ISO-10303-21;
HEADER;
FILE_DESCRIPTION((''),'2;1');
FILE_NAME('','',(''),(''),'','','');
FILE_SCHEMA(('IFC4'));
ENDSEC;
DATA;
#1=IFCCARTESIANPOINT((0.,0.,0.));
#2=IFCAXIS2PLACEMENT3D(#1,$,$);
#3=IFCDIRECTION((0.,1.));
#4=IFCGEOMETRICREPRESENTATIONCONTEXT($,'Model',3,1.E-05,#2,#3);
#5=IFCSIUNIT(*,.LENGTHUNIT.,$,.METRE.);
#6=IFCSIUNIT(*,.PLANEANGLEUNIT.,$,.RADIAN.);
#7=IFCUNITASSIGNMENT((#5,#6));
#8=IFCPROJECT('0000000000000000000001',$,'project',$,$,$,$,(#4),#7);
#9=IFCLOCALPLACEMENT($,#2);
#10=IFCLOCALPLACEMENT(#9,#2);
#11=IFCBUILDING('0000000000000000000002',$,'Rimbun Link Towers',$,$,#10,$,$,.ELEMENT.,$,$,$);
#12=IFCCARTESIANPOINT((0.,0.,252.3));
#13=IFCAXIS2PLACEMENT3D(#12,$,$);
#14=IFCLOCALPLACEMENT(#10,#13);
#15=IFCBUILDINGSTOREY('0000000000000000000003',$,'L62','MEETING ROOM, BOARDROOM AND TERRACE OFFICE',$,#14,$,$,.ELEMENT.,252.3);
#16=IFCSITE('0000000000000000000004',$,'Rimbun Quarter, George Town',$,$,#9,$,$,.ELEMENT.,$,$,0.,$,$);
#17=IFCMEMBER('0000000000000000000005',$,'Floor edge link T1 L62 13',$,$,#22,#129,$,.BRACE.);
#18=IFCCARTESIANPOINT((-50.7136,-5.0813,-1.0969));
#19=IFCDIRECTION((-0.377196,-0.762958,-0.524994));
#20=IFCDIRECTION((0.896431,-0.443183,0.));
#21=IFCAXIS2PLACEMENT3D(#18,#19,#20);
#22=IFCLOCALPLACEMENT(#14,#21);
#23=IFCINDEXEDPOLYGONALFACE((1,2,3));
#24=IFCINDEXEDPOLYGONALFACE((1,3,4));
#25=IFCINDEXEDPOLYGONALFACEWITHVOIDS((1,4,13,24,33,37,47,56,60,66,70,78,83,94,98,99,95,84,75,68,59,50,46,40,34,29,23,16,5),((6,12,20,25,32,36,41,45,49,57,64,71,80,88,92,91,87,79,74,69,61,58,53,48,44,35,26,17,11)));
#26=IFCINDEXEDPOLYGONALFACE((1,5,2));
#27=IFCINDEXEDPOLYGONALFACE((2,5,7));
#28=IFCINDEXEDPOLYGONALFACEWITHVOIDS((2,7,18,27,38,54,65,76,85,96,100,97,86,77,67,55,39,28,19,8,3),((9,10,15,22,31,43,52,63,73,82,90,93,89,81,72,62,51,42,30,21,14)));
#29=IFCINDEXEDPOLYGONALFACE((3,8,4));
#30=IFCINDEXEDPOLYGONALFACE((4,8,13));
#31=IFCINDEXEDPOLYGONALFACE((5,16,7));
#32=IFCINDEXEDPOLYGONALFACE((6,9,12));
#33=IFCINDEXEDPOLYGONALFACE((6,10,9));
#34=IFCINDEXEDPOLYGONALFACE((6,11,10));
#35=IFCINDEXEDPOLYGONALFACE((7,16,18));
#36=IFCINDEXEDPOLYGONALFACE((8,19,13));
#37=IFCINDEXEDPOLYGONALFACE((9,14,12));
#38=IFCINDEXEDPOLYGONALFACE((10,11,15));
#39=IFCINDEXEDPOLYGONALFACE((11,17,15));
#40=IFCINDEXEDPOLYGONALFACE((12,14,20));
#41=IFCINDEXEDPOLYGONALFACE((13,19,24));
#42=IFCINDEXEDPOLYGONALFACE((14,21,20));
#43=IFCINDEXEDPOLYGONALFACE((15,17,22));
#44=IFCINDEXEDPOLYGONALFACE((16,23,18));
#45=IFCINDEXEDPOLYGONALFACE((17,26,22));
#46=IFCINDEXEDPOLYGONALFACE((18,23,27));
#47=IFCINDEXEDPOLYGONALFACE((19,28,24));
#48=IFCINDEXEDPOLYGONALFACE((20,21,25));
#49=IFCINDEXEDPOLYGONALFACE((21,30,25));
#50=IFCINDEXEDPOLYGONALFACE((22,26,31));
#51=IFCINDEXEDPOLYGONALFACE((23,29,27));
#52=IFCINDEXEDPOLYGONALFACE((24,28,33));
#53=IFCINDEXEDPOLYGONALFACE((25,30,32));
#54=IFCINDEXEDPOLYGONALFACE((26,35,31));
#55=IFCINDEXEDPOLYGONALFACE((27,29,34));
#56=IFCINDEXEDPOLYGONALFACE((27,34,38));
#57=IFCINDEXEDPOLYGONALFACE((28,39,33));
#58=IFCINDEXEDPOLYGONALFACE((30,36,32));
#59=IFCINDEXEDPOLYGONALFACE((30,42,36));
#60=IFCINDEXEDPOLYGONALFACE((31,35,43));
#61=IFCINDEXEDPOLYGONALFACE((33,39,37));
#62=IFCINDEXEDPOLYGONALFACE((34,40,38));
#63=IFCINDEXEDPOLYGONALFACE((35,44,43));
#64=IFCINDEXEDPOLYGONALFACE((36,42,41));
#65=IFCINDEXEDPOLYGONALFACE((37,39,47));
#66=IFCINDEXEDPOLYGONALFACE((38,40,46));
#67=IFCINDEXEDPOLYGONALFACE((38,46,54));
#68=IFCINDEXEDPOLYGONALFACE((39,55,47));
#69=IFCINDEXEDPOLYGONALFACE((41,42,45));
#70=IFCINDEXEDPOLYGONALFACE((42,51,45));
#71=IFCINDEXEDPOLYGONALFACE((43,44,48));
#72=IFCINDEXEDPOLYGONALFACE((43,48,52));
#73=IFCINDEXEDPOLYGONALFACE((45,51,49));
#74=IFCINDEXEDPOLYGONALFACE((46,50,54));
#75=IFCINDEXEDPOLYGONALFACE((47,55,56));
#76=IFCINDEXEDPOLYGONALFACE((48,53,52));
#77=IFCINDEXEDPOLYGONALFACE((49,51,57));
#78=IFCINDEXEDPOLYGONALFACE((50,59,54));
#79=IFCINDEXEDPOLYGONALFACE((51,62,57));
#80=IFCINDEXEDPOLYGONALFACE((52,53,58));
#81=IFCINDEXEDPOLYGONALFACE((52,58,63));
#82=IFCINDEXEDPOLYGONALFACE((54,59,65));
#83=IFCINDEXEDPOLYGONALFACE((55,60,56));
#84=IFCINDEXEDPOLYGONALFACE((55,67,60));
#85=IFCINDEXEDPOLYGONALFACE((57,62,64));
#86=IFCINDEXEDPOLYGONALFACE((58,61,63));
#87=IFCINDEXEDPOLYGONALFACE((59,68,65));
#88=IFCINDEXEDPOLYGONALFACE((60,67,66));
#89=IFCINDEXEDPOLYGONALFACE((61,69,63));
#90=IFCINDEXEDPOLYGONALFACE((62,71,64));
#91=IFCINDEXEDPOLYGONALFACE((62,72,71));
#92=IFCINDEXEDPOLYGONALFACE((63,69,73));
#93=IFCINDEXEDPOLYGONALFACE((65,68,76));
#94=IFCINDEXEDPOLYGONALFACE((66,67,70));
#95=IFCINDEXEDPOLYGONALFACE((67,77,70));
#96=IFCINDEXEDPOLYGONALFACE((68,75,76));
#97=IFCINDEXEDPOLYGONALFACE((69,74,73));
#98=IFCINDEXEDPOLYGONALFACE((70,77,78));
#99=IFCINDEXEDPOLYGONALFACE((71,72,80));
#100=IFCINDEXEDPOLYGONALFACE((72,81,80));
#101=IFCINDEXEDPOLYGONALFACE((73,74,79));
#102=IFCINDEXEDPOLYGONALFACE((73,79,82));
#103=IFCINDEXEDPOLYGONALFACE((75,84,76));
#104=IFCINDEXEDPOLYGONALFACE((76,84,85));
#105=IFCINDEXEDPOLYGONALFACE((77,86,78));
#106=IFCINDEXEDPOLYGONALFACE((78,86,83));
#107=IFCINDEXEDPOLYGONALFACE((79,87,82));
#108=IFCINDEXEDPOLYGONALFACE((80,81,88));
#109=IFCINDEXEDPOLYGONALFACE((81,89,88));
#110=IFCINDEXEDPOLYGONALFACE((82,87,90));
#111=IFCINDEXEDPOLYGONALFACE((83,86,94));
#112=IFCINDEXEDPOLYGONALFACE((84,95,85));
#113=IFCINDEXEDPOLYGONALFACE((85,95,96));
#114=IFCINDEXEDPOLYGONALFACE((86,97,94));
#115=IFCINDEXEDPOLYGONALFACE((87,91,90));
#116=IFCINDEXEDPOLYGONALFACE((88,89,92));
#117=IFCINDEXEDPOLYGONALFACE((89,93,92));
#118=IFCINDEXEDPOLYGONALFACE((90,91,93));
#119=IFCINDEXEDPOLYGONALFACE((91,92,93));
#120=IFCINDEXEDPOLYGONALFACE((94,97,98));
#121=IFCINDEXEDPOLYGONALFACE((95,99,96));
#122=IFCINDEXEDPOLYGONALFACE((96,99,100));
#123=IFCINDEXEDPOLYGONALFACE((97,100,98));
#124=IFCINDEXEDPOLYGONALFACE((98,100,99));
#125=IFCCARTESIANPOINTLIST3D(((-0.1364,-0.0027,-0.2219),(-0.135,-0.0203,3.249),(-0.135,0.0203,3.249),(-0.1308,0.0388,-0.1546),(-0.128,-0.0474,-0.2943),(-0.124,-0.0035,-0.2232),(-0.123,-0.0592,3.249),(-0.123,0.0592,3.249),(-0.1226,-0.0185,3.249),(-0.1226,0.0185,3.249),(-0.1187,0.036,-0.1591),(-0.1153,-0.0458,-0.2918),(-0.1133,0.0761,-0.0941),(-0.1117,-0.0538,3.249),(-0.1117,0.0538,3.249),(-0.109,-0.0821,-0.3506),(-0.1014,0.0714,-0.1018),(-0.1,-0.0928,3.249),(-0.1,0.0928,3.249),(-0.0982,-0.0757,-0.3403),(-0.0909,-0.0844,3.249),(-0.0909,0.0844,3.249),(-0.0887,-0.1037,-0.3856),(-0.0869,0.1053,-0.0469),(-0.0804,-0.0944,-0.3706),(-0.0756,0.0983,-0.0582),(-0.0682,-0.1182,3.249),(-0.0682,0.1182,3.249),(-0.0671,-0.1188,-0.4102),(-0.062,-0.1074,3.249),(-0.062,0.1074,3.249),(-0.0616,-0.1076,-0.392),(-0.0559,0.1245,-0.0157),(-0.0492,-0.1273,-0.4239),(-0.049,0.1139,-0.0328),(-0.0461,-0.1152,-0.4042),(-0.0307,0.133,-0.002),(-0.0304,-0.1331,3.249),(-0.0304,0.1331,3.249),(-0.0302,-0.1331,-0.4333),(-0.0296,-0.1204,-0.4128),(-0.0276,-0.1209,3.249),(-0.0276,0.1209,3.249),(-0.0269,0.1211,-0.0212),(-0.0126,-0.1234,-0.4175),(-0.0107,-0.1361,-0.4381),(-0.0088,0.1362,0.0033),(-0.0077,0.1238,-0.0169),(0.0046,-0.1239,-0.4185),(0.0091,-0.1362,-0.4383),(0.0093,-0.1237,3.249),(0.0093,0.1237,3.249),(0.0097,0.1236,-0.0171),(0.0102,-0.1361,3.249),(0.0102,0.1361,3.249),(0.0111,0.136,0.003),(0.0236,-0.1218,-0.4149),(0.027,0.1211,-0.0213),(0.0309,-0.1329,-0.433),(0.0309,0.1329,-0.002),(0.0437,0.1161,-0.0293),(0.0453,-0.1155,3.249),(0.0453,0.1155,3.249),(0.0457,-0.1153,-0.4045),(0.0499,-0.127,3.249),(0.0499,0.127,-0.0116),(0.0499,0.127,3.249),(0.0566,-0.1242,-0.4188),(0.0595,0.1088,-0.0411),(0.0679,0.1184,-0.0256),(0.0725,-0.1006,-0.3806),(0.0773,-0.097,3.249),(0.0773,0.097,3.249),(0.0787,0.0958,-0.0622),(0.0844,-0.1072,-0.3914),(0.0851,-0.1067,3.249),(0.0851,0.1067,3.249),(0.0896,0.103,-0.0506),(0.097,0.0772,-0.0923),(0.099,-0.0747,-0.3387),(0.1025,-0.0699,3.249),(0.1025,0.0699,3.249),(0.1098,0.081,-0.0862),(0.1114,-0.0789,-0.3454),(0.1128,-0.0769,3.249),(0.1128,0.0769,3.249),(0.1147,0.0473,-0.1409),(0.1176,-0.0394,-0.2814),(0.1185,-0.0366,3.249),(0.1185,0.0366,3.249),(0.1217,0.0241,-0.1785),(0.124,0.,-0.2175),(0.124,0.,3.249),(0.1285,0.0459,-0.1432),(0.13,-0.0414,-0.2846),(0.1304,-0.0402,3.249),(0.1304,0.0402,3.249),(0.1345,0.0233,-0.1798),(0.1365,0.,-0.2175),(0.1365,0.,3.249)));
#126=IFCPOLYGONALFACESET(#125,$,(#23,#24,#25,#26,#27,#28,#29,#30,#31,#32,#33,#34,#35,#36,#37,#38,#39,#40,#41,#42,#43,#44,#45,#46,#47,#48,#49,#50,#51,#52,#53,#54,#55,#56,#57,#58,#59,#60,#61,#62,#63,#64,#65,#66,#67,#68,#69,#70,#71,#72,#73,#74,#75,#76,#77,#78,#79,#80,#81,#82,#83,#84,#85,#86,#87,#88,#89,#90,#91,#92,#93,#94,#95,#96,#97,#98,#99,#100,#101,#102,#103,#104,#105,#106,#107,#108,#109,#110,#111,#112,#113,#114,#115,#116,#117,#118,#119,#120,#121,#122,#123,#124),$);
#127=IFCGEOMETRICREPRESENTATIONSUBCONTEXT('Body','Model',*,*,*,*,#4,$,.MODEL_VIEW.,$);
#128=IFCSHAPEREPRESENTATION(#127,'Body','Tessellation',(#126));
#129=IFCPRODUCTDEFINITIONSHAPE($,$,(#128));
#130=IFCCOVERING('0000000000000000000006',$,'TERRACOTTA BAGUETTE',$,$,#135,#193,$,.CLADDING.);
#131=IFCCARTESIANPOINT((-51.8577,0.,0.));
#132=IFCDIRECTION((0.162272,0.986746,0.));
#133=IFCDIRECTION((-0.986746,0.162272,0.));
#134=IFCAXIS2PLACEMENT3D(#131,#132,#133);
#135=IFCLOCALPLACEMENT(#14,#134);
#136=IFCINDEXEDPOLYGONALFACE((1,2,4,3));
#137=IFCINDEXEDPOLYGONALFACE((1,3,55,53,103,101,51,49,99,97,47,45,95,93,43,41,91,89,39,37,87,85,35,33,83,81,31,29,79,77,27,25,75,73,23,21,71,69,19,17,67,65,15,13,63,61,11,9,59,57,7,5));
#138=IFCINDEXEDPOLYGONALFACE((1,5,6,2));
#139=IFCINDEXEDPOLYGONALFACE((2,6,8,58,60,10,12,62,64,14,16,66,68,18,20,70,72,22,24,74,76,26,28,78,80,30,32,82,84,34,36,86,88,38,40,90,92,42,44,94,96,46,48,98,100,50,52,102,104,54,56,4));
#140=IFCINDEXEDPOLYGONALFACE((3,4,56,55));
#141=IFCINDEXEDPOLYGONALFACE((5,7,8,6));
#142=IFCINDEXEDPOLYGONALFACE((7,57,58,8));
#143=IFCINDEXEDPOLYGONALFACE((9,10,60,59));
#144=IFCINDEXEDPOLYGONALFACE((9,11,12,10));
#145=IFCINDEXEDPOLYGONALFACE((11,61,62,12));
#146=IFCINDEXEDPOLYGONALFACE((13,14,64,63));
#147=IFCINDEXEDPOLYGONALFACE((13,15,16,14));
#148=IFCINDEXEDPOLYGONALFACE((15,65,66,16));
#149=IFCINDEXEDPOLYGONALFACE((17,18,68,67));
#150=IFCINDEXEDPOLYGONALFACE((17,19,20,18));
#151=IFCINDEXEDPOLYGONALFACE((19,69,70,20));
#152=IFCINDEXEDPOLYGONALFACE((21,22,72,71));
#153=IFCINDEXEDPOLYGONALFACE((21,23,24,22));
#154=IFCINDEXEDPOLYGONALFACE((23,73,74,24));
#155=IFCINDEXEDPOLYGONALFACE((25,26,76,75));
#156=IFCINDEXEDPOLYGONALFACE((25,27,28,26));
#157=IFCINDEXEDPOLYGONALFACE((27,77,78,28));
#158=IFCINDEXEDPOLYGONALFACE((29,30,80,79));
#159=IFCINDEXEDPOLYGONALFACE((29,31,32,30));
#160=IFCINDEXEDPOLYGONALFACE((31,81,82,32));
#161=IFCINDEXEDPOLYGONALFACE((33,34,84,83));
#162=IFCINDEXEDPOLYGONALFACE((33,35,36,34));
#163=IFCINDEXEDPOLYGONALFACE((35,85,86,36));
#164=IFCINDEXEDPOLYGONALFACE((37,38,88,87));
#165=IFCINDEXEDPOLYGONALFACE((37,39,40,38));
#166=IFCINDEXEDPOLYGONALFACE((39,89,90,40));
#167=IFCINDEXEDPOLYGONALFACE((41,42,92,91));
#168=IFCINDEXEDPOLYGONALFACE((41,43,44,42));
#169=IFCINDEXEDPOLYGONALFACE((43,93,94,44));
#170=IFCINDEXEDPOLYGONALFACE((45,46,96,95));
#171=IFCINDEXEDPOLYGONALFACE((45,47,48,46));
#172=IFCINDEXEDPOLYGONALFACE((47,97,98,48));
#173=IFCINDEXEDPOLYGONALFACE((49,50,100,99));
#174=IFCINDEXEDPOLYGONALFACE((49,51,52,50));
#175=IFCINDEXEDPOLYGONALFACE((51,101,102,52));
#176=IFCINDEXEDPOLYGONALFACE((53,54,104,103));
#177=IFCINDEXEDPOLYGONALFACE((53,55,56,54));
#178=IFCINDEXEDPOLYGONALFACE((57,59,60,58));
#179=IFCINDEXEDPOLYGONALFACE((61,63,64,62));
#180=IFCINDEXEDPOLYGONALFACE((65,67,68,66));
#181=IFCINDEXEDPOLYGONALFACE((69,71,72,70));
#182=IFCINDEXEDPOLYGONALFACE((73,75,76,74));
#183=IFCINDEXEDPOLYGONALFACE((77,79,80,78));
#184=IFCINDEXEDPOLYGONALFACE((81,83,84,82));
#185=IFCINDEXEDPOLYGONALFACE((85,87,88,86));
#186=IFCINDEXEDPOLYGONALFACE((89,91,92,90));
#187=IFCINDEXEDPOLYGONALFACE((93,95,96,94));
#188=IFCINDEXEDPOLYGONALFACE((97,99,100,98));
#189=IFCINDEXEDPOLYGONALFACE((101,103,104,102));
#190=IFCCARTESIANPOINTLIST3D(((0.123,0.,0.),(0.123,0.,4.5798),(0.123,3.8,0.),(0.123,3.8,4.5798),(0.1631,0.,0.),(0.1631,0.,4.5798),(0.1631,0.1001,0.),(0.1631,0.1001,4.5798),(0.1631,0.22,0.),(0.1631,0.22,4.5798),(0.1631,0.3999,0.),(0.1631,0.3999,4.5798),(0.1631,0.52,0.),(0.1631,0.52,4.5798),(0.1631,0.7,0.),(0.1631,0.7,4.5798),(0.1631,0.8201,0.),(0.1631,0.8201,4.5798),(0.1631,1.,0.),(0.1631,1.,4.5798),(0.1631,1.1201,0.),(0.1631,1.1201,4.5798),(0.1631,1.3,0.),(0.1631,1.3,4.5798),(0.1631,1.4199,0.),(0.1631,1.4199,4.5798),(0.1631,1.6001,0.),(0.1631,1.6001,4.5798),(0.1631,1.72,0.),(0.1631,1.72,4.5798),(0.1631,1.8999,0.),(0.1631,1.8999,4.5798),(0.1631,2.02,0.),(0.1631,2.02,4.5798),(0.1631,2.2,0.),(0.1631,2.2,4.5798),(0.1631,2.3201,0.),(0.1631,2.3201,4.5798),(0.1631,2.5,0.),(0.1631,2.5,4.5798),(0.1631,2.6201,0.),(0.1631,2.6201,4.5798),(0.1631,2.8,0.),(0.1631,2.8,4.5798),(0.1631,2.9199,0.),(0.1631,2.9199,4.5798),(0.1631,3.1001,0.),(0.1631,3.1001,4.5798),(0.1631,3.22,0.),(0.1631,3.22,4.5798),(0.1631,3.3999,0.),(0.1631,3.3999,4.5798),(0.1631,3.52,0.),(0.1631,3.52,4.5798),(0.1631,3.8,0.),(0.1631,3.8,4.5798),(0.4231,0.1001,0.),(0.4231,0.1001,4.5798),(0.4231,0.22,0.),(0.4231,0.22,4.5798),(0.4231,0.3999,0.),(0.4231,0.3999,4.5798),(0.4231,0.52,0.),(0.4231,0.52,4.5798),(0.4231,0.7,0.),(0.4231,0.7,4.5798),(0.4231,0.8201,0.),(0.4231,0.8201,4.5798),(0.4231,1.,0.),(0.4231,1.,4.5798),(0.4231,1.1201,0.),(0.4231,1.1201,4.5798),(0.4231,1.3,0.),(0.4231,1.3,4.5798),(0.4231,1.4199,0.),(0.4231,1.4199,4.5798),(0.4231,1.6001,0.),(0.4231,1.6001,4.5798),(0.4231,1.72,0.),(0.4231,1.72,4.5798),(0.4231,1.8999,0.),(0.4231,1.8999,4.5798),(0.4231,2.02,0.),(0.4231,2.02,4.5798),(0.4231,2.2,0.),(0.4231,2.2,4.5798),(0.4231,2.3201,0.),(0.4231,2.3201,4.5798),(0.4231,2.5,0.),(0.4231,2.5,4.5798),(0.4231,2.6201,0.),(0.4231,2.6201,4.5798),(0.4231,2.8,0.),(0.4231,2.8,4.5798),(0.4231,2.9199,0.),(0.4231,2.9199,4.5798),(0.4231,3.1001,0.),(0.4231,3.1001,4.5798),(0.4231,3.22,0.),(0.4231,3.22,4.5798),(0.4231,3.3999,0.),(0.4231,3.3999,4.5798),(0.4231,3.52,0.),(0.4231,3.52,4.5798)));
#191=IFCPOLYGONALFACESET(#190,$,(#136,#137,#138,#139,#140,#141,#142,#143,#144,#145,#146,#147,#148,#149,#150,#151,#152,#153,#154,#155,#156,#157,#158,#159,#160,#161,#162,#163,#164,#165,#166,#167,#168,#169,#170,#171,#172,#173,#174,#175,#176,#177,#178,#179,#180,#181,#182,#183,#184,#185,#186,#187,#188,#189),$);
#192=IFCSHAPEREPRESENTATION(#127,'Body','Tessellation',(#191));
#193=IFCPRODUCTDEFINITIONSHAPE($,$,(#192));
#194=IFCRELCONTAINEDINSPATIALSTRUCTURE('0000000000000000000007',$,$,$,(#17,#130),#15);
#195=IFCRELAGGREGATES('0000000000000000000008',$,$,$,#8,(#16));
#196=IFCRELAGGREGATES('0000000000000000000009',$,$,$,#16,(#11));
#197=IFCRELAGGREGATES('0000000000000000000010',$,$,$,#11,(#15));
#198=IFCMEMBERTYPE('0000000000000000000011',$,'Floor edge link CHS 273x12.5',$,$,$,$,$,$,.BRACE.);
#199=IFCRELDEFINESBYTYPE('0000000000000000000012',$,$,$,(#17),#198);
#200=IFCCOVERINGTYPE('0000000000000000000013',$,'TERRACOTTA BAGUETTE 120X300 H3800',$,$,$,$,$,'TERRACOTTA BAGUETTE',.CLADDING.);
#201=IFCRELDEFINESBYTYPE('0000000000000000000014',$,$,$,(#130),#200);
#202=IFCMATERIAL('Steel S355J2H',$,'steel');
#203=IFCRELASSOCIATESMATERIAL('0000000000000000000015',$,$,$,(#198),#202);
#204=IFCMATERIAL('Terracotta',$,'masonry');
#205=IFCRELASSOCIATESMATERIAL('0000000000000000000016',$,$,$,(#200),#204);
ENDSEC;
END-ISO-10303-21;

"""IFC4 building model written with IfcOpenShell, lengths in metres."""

from ifc_helpers import new_model, si_unit, direction, frame, origin, origin_2d, place, context, subcontext, project, spatial, polyline, hollow_circle, outline, extrude, clip, halfspace, material, material_profile, profile_set, type_object, element, save


model = new_model("IFC4")

# Units and contexts
model_context = context("Model", 3, precision=1e-05, world=origin(), true_north=direction((0.0, 1.0)))
body_context = subcontext(model_context, "Body", "Model", "MODEL_VIEW")
ifc_project = project(units=[si_unit("LENGTHUNIT", "METRE"), si_unit("PLANEANGLEUNIT", "RADIAN")], contexts=[model_context])

# Site, building, storey
site_placement = place(None, origin())
site = spatial("IfcSite", under=ifc_project, at=site_placement, Name="Rimbun Quarter, George Town", CompositionType="ELEMENT", RefElevation=0.0)
building_placement = place(site_placement, origin())
building = spatial("IfcBuilding", under=site, at=building_placement, Name="Rimbun Link Towers", CompositionType="ELEMENT")
storey_placement = place(building_placement, frame((0.0, 0.0, 252.3)))
storey = spatial("IfcBuildingStorey", under=building, at=storey_placement, Name="L62", Description="MEETING ROOM, BOARDROOM AND TERRACE OFFICE", CompositionType="ELEMENT", Elevation=252.3)

# Member
ifc_material_1 = material(Name="Steel S355J2H", Category="steel")
ifc_material_profile_1 = material_profile(ifc_material_1, hollow_circle(Radius=0.1365, WallThickness=0.0125, at=origin_2d()), Name="CHS 273x12.5")
ifc_profile_set_1 = profile_set([ifc_material_profile_1], Name="Steel S355J2H")
member_type_1 = type_object("IfcMemberType", Name="Floor edge link CHS 273x12.5", PredefinedType="BRACE", material=ifc_profile_set_1)
member_1_placement = place(storey_placement, frame((-50.7136, -5.0813, -1.0969), z_axis=(-0.377196, -0.762958, -0.524994), x_axis=(0.896431, -0.443183, 0.0)))
element("IfcMember", 1, at=member_1_placement, inside=storey, type_object=member_type_1, Name="Floor edge link T1 L62 13", PredefinedType="BRACE", context=body_context, shape_type="Clipping", body=[
    clip(extrude(hollow_circle(Radius=0.1365, WallThickness=0.0125, at=origin_2d()), frame((0.0, 0.0, -0.4617)), (0.0, 0.0, 1.0), 3.7107), halfspace(frame((0.0, 0.0, -0.2175), z_axis=(0.0, 0.851106, -0.524994)), False)),
])

# Covering
ifc_material_2 = material(Name="Terracotta", Category="masonry")
ifc_material_profile_2 = material_profile(ifc_material_2, outline(polyline([(0.123, 0.0), (0.1631, 0.0), (0.1631, 0.1001), (0.4231, 0.1001), (0.4231, 0.22), (0.1631, 0.22), (0.1631, 0.3999), (0.4231, 0.3999), (0.4231, 0.52), (0.1631, 0.52), (0.1631, 0.7), (0.4231, 0.7), (0.4231, 0.8201), (0.1631, 0.8201), (0.1631, 1.0), (0.4231, 1.0), (0.4231, 1.1201), (0.1631, 1.1201), (0.1631, 1.3), (0.4231, 1.3), (0.4231, 1.4199), (0.1631, 1.4199), (0.1631, 1.6001), (0.4231, 1.6001), (0.4231, 1.72), (0.1631, 1.72), (0.1631, 1.8999), (0.4231, 1.8999), (0.4231, 2.02), (0.1631, 2.02), (0.1631, 2.2), (0.4231, 2.2), (0.4231, 2.3201), (0.1631, 2.3201), (0.1631, 2.5), (0.4231, 2.5), (0.4231, 2.6201), (0.1631, 2.6201), (0.1631, 2.8), (0.4231, 2.8), (0.4231, 2.9199), (0.1631, 2.9199), (0.1631, 3.1001), (0.4231, 3.1001), (0.4231, 3.22), (0.1631, 3.22), (0.1631, 3.3999), (0.4231, 3.3999), (0.4231, 3.52), (0.1631, 3.52), (0.1631, 3.8), (0.123, 3.8), (0.123, 0.0)])), Name="BAGUETTE 120X300")
ifc_profile_set_2 = profile_set([ifc_material_profile_2], Name="Terracotta")
covering_type = type_object("IfcCoveringType", Name="TERRACOTTA BAGUETTE 120X300 H3800", ElementType="TERRACOTTA BAGUETTE", PredefinedType="CLADDING", material=ifc_profile_set_2)
for number, where, z_axis, x_axis, name in (
    (2, (-51.8577, 0.0, 0.0), (0.162272, 0.986746, 0.0), (-0.986746, 0.162272, 0.0), "TERRACOTTA BAGUETTE"),
):
    element("IfcCovering", number, at=place(storey_placement, frame(where, z_axis=z_axis, x_axis=x_axis)), inside=storey, type_object=covering_type, Name=name, PredefinedType="CLADDING", context=body_context, shape_type="SweptSolid", body=[
        extrude(outline(polyline([(0.123, 0.0), (0.1631, 0.0), (0.1631, 0.1001), (0.4231, 0.1001), (0.4231, 0.22), (0.1631, 0.22), (0.1631, 0.3999), (0.4231, 0.3999), (0.4231, 0.52), (0.1631, 0.52), (0.1631, 0.7), (0.4231, 0.7), (0.4231, 0.8201), (0.1631, 0.8201), (0.1631, 1.0), (0.4231, 1.0), (0.4231, 1.1201), (0.1631, 1.1201), (0.1631, 1.3), (0.4231, 1.3), (0.4231, 1.4199), (0.1631, 1.4199), (0.1631, 1.6001), (0.4231, 1.6001), (0.4231, 1.72), (0.1631, 1.72), (0.1631, 1.8999), (0.4231, 1.8999), (0.4231, 2.02), (0.1631, 2.02), (0.1631, 2.2), (0.4231, 2.2), (0.4231, 2.3201), (0.1631, 2.3201), (0.1631, 2.5), (0.4231, 2.5), (0.4231, 2.6201), (0.1631, 2.6201), (0.1631, 2.8), (0.4231, 2.8), (0.4231, 2.9199), (0.1631, 2.9199), (0.1631, 3.1001), (0.4231, 3.1001), (0.4231, 3.22), (0.1631, 3.22), (0.1631, 3.3999), (0.4231, 3.3999), (0.4231, 3.52), (0.1631, 3.52), (0.1631, 3.8), (0.123, 3.8), (0.123, 0.0)])), origin(), (0.0, 0.0, 1.0), 4.5798),
    ])

save(model, "model.ifc")
